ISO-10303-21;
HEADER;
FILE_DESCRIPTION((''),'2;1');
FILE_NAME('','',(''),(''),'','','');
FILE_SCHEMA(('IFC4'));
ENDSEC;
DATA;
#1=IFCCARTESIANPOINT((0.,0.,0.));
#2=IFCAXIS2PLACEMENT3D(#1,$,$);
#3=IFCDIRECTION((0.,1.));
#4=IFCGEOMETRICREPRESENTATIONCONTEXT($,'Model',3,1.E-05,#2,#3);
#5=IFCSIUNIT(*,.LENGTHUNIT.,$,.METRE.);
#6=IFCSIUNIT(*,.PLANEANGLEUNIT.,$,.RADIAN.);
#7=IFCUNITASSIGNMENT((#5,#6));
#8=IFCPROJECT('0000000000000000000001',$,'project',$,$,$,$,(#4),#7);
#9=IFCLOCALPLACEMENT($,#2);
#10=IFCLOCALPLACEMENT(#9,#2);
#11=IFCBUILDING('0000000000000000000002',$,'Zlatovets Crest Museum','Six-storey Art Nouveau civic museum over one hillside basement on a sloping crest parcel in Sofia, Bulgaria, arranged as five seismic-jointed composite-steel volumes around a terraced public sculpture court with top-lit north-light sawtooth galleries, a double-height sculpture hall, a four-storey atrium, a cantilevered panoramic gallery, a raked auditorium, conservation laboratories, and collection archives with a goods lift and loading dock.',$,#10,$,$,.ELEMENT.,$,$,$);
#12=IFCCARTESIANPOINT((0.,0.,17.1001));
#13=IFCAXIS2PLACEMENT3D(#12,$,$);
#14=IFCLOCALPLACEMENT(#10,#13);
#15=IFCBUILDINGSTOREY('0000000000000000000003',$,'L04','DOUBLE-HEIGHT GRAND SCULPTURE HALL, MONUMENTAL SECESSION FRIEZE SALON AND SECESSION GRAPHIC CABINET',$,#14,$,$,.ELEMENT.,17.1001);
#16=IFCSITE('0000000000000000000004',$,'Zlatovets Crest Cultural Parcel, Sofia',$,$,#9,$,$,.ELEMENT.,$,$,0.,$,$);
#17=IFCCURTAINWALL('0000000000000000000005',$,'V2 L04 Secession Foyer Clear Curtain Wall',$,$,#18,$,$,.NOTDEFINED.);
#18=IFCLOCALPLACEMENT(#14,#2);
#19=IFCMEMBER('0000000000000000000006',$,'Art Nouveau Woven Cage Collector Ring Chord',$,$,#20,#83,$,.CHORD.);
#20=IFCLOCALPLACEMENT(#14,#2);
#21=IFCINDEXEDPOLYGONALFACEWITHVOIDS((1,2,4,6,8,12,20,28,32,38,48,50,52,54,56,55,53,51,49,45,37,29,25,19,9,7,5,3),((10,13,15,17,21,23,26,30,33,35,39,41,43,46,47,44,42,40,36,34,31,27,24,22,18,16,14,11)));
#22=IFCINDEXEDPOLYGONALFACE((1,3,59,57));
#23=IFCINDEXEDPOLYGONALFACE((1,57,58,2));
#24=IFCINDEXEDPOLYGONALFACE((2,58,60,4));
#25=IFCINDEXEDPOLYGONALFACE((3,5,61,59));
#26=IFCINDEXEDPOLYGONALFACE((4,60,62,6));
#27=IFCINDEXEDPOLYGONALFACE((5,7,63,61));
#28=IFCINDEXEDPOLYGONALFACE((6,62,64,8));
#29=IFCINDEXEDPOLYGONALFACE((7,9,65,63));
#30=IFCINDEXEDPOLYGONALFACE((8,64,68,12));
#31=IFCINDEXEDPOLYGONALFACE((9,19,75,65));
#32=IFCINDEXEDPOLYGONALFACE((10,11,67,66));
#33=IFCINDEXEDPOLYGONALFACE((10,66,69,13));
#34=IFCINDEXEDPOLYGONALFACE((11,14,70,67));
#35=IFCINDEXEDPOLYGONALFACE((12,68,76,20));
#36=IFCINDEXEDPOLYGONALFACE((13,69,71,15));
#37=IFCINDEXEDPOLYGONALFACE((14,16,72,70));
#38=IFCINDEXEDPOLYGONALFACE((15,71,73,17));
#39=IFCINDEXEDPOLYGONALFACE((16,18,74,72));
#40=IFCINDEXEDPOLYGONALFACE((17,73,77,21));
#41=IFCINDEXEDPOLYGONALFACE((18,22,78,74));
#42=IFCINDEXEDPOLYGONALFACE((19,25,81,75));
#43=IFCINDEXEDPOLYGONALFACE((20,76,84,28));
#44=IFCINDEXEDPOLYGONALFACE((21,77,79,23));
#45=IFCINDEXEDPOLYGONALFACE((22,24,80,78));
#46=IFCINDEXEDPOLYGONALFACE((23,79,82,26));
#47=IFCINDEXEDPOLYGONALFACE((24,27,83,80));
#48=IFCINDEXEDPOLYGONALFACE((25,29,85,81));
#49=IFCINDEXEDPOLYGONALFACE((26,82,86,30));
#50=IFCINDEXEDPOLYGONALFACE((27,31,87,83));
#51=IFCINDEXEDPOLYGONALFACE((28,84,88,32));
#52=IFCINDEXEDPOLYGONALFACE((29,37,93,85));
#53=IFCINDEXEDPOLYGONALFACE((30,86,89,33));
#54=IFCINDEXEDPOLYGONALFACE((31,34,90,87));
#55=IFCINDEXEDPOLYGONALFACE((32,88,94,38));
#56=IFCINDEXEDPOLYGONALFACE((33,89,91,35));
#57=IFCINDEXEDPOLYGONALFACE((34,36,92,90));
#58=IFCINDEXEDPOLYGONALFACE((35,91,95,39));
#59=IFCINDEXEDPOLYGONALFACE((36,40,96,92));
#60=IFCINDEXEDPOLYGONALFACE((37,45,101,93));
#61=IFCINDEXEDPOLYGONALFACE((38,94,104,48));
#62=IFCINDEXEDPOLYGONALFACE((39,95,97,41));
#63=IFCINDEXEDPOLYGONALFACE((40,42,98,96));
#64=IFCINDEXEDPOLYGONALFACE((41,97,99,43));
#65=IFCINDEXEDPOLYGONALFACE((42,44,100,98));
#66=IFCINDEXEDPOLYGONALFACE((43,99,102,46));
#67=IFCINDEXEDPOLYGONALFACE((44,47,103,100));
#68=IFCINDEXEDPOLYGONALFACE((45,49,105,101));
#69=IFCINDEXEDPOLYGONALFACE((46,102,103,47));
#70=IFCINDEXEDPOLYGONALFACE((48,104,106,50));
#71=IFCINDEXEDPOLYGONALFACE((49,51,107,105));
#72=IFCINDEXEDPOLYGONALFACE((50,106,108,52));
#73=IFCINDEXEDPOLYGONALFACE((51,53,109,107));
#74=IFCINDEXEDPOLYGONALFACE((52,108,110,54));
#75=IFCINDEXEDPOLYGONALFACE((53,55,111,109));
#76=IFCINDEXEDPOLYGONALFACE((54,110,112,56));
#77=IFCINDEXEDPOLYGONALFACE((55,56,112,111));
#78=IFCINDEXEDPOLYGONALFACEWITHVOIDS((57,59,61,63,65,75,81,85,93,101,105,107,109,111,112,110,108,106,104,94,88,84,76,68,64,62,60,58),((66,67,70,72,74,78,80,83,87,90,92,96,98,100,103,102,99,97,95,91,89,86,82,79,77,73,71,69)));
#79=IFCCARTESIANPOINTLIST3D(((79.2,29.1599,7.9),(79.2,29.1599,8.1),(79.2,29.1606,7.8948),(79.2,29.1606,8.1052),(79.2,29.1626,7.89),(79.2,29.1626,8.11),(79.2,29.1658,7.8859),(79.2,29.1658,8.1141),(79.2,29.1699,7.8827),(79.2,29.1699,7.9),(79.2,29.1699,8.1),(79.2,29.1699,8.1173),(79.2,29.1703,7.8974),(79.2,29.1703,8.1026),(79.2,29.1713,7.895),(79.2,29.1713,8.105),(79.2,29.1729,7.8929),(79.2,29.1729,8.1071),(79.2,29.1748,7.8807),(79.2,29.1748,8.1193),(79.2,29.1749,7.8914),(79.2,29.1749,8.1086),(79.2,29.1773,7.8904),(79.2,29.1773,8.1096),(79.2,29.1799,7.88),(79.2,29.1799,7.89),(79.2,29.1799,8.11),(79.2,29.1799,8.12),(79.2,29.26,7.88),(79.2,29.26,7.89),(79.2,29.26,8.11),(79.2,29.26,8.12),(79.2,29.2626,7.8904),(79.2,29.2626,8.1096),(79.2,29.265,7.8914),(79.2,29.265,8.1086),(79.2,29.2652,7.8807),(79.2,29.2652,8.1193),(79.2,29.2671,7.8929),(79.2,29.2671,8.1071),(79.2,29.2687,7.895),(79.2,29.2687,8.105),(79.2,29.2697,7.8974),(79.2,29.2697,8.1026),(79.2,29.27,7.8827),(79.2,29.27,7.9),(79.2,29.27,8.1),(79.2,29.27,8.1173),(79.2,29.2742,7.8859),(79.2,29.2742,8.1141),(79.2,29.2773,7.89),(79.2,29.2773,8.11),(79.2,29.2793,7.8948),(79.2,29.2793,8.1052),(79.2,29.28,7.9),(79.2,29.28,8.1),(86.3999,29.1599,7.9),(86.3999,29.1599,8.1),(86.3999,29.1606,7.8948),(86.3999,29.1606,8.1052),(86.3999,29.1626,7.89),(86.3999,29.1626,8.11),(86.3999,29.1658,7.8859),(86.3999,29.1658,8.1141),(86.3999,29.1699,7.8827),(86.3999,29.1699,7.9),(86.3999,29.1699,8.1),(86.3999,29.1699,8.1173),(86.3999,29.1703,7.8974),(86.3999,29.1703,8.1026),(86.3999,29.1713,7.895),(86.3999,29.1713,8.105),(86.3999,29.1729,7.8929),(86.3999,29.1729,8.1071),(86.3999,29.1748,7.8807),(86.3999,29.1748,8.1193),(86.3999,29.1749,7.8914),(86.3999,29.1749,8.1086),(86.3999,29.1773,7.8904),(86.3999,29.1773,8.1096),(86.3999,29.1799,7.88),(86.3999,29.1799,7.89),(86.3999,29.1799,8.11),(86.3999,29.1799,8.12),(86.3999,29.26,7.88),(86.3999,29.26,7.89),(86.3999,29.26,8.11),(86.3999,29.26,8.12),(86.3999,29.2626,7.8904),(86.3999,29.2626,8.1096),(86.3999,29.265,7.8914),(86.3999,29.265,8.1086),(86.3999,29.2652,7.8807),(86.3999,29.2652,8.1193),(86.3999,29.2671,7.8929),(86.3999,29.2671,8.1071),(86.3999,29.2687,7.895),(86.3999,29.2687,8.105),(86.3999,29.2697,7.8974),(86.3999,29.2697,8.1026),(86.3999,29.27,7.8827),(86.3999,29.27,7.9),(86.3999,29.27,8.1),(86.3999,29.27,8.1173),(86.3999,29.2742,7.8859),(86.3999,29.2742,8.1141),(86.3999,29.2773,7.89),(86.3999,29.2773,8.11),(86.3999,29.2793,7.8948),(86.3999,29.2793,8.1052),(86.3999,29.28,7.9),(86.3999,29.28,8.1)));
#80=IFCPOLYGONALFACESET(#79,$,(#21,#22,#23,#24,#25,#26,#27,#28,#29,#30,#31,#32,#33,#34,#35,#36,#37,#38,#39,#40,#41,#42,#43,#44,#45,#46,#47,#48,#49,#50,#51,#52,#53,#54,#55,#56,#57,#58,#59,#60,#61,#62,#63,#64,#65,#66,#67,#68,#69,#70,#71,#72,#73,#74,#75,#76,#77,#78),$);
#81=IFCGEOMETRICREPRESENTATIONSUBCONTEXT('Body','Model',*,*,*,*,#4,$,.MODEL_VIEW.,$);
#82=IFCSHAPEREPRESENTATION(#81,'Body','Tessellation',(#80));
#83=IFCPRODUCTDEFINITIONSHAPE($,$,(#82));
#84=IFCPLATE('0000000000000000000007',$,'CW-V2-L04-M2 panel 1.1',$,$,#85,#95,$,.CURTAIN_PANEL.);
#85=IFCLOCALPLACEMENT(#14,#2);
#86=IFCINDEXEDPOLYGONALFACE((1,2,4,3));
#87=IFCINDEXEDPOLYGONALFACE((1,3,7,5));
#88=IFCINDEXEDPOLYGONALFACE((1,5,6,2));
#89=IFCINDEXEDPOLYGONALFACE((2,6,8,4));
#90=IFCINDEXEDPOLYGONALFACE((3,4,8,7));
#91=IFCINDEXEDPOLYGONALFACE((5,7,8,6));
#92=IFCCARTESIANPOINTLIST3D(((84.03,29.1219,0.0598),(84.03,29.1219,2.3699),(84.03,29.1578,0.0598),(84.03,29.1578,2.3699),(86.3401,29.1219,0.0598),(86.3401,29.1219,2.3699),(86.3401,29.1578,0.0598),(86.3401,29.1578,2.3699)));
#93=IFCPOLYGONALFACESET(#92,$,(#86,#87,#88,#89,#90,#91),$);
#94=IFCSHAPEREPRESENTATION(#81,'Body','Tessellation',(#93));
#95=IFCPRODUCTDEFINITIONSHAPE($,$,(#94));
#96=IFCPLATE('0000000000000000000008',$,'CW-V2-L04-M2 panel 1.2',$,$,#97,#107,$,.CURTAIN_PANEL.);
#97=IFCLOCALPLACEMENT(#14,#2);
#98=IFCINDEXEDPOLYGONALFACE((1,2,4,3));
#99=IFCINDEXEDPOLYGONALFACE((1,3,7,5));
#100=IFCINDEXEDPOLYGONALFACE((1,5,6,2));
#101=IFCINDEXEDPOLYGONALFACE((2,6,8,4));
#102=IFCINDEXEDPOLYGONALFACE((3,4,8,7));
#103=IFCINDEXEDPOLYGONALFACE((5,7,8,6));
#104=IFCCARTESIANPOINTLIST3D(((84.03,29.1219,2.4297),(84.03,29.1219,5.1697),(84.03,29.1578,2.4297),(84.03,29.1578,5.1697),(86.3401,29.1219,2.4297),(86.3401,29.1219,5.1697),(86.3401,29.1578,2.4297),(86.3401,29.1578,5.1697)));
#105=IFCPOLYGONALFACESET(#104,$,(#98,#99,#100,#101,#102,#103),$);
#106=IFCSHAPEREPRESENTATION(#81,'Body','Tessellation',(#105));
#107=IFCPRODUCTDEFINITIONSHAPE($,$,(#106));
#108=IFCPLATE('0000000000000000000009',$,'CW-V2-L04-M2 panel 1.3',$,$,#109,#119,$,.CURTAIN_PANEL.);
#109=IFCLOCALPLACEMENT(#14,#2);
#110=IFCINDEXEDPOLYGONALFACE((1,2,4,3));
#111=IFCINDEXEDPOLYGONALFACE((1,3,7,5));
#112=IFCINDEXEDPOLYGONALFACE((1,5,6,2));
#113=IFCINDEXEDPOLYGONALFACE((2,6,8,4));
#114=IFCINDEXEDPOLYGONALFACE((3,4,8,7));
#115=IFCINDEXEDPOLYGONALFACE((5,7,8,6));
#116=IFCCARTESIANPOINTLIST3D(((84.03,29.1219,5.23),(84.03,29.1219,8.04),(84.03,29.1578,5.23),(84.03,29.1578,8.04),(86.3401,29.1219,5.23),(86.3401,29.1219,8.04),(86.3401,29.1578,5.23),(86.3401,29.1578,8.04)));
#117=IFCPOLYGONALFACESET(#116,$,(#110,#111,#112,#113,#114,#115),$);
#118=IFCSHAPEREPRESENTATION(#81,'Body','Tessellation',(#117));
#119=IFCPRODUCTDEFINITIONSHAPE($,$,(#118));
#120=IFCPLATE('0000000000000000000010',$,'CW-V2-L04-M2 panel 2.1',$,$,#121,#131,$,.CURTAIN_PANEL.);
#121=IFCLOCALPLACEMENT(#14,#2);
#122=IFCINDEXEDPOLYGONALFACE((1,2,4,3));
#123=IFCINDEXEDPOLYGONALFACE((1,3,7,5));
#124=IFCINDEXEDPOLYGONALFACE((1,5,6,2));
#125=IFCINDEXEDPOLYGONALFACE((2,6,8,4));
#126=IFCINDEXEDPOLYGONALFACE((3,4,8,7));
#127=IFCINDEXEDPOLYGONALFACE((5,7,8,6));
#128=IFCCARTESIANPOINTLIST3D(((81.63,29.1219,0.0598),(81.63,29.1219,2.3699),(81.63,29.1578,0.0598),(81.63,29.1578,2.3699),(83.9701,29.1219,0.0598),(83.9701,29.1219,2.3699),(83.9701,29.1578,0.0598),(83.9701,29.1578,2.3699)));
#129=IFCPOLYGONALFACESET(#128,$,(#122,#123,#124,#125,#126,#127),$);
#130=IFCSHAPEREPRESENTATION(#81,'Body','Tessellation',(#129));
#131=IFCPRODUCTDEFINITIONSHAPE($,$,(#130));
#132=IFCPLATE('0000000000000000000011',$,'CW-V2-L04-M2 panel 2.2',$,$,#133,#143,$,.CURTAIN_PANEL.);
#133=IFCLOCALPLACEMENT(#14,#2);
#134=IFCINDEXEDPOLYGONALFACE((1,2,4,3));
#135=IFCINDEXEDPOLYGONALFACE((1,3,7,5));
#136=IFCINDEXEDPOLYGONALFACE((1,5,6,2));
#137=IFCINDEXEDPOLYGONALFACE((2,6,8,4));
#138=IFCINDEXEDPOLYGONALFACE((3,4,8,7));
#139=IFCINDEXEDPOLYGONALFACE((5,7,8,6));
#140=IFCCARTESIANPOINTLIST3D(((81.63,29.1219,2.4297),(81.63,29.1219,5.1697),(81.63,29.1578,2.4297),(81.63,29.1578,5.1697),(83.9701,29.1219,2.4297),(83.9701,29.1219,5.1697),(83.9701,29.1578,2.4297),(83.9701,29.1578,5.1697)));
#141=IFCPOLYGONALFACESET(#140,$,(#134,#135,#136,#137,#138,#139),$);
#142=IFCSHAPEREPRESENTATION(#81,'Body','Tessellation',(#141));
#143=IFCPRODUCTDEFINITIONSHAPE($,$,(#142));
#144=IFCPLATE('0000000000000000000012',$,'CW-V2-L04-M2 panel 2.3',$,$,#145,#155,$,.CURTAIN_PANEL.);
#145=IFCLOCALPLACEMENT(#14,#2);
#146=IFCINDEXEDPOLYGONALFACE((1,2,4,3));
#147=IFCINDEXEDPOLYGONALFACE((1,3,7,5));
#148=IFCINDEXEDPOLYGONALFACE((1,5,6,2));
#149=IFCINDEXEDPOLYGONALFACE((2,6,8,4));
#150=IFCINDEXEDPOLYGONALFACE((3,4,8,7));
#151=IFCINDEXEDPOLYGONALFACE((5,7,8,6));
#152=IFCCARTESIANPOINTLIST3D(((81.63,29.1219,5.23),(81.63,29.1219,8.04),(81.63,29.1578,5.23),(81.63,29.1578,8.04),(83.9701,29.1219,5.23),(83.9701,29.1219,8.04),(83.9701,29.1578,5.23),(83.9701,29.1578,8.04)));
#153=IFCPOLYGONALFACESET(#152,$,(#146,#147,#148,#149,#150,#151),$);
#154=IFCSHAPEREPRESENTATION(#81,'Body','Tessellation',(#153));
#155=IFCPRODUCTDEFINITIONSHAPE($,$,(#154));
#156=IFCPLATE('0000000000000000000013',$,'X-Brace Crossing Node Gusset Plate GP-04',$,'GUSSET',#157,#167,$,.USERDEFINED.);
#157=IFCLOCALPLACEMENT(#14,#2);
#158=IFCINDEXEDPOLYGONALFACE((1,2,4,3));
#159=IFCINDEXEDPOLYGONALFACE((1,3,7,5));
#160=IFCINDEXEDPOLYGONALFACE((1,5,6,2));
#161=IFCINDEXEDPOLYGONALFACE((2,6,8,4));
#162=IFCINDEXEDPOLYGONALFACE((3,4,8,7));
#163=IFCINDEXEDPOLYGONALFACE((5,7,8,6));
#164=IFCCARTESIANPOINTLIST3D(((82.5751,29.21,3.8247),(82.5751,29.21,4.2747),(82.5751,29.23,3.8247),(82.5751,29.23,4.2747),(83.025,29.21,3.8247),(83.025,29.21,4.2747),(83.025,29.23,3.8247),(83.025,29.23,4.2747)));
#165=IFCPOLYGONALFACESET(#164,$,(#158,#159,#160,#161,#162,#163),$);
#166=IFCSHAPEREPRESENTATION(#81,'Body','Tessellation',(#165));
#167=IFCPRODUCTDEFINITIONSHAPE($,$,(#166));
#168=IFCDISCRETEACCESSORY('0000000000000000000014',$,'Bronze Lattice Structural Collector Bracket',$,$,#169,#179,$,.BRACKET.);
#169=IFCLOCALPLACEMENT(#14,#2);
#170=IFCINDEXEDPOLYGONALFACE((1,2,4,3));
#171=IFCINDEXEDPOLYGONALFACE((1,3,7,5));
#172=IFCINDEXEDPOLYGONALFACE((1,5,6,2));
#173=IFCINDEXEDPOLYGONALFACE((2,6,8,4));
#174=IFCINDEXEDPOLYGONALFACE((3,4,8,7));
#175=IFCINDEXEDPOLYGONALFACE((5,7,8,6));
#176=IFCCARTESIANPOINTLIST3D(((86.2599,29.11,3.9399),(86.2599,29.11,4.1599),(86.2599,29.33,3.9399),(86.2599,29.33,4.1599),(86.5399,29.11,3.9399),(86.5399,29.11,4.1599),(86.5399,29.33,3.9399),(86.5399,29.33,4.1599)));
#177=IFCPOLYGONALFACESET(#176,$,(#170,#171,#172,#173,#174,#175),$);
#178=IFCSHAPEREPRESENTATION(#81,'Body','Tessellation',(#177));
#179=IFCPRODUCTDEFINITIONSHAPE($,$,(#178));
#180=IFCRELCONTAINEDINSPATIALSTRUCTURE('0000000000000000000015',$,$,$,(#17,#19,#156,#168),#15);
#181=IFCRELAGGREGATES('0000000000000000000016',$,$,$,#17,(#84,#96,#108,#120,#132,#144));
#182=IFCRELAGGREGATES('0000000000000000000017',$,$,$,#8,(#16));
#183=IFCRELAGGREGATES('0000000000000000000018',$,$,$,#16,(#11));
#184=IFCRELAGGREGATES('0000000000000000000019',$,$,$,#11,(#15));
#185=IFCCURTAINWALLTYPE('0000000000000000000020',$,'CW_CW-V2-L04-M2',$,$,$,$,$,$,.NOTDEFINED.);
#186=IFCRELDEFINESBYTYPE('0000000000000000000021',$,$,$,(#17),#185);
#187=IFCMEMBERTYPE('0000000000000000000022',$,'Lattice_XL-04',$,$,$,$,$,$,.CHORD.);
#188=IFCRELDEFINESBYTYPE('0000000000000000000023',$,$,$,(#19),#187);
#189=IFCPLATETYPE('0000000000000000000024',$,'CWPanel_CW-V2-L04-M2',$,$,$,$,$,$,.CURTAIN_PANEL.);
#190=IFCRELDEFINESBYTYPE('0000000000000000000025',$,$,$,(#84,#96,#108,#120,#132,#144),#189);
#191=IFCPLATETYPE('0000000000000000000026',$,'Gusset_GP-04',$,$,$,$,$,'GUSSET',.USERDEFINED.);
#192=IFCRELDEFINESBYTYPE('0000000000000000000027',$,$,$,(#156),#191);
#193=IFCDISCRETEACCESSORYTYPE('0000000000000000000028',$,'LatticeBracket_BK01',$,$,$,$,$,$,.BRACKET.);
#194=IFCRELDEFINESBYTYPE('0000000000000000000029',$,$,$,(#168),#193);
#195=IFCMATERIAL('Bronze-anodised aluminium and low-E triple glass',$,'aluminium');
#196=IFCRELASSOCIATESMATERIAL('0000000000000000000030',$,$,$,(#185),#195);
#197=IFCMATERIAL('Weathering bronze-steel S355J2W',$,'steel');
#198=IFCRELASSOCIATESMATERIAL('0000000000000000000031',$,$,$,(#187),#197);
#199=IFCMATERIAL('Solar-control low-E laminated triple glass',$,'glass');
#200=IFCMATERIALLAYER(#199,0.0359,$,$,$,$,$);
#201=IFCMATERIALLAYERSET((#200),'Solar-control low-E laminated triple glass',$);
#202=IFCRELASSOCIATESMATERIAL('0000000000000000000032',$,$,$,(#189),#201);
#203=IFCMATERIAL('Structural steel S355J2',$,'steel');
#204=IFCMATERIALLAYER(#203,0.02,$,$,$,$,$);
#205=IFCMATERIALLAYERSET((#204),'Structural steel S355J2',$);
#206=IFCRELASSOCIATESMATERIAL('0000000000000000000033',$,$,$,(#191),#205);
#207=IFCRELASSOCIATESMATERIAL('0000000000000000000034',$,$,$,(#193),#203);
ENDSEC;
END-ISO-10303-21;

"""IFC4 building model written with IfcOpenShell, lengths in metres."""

from ifc_helpers import new_model, si_unit, direction, frame, origin, origin_2d, place, context, subcontext, project, spatial, rectangle, hollow_rectangle, extrude, material, layer, layer_set, material_profile, profile_set, type_object, element, aggregate, save


model = new_model("IFC4")

# Units and contexts
model_context = context("Model", 3, precision=1e-05, world=origin(), true_north=direction((0.0, 1.0)))
body_context = subcontext(model_context, "Body", "Model", "MODEL_VIEW")
ifc_project = project(units=[si_unit("LENGTHUNIT", "METRE"), si_unit("PLANEANGLEUNIT", "RADIAN")], contexts=[model_context])

# Site, building, storey
site_placement = place(None, origin())
site = spatial("IfcSite", under=ifc_project, at=site_placement, Name="Zlatovets Crest Cultural Parcel, Sofia", CompositionType="ELEMENT", RefElevation=0.0)
building_placement = place(site_placement, origin())
building = spatial("IfcBuilding", under=site, at=building_placement, Name="Zlatovets Crest Museum", Description="Six-storey Art Nouveau civic museum over one hillside basement on a sloping crest parcel in Sofia, Bulgaria, arranged as five seismic-jointed composite-steel volumes around a terraced public sculpture court with top-lit north-light sawtooth galleries, a double-height sculpture hall, a four-storey atrium, a cantilevered panoramic gallery, a raked auditorium, conservation laboratories, and collection archives with a goods lift and loading dock.", CompositionType="ELEMENT")
storey_placement = place(building_placement, frame((0.0, 0.0, 17.1001)))
storey = spatial("IfcBuildingStorey", under=building, at=storey_placement, Name="L04", Description="DOUBLE-HEIGHT GRAND SCULPTURE HALL, MONUMENTAL SECESSION FRIEZE SALON AND SECESSION GRAPHIC CABINET", CompositionType="ELEMENT", Elevation=17.1001)

# Shared definitions
ifc_material_1 = material(Name="Structural steel S355J2", Category="steel")

# Curtain wall
ifc_material_2 = material(Name="Bronze-anodised aluminium and low-E triple glass", Category="aluminium")
curtain_wall_type = type_object("IfcCurtainWallType", Name="CW_CW-V2-L04-M2", PredefinedType="NOTDEFINED", material=ifc_material_2)
curtain_wall_placement = place(storey_placement, origin())
curtain_wall = element("IfcCurtainWall", 1, at=curtain_wall_placement, inside=storey, type_object=curtain_wall_type, Name="V2 L04 Secession Foyer Clear Curtain Wall", PredefinedType="NOTDEFINED")

# Member
ifc_material_3 = material(Name="Weathering bronze-steel S355J2W", Category="steel")
ifc_material_profile_1 = material_profile(ifc_material_3, hollow_rectangle(XDim=0.1201, YDim=0.24, WallThickness=0.01, InnerFilletRadius=0.01, OuterFilletRadius=0.02, at=origin_2d()), Name="RHS 120x240x10.0")
ifc_profile_set_1 = profile_set([ifc_material_profile_1], Name="Weathering bronze-steel S355J2W")
member_type_1 = type_object("IfcMemberType", Name="Lattice_XL-04", PredefinedType="CHORD", material=ifc_profile_set_1)
member_1_placement = place(storey_placement, frame((86.3999, 29.22, 8.0), z_axis=(-1.0, 0.0, 0.0), x_axis=(0.0, -1.0, 0.0)))
element("IfcMember", 2, at=member_1_placement, inside=storey, type_object=member_type_1, Name="Art Nouveau Woven Cage Collector Ring Chord", PredefinedType="CHORD", context=body_context, shape_type="SweptSolid", body=[
    extrude(hollow_rectangle(XDim=0.1201, YDim=0.24, WallThickness=0.01, InnerFilletRadius=0.01, OuterFilletRadius=0.02, at=origin_2d()), origin(), (0.0, 0.0, 1.0), 7.2),
])

# Plates
ifc_material_4 = material(Name="Solar-control low-E laminated triple glass", Category="glass")
ifc_layer_1 = layer(ifc_material_4, 0.0359)
ifc_layer_set_1 = layer_set([ifc_layer_1], Name="Solar-control low-E laminated triple glass")
plate_type_1 = type_object("IfcPlateType", Name="CWPanel_CW-V2-L04-M2", PredefinedType="CURTAIN_PANEL", material=ifc_layer_set_1)
plate_1_placement = place(storey_placement, frame((85.1851, 29.1399, 0.0598), z_axis=(0.0, 0.0, 1.0), x_axis=(-1.0, 0.0, 0.0)))
plate_1 = element("IfcPlate", 3, at=plate_1_placement, type_object=plate_type_1, Name="CW-V2-L04-M2 panel 1.1", PredefinedType="CURTAIN_PANEL", context=body_context, shape_type="SweptSolid", body=[
    extrude(rectangle(XDim=2.3101, YDim=0.0359, at=origin_2d()), origin(), (0.0, 0.0, 1.0), 2.3101),
])
plate_2_placement = place(storey_placement, frame((85.1851, 29.1399, 2.4297), z_axis=(0.0, 0.0, 1.0), x_axis=(-1.0, 0.0, 0.0)))
plate_2 = element("IfcPlate", 4, at=plate_2_placement, type_object=plate_type_1, Name="CW-V2-L04-M2 panel 1.2", PredefinedType="CURTAIN_PANEL", context=body_context, shape_type="SweptSolid", body=[
    extrude(rectangle(XDim=2.3101, YDim=0.0359, at=origin_2d()), origin(), (0.0, 0.0, 1.0), 2.74),
])
plate_3_placement = place(storey_placement, frame((85.1851, 29.1399, 5.23), z_axis=(0.0, 0.0, 1.0), x_axis=(-1.0, 0.0, 0.0)))
plate_3 = element("IfcPlate", 5, at=plate_3_placement, type_object=plate_type_1, Name="CW-V2-L04-M2 panel 1.3", PredefinedType="CURTAIN_PANEL", context=body_context, shape_type="SweptSolid", body=[
    extrude(rectangle(XDim=2.3101, YDim=0.0359, at=origin_2d()), origin(), (0.0, 0.0, 1.0), 2.8101),
])
plate_4_placement = place(storey_placement, frame((82.8, 29.1399, 0.0598), z_axis=(0.0, 0.0, 1.0), x_axis=(-1.0, 0.0, 0.0)))
plate_4 = element("IfcPlate", 6, at=plate_4_placement, type_object=plate_type_1, Name="CW-V2-L04-M2 panel 2.1", PredefinedType="CURTAIN_PANEL", context=body_context, shape_type="SweptSolid", body=[
    extrude(rectangle(XDim=2.3401, YDim=0.0359, at=origin_2d()), origin(), (0.0, 0.0, 1.0), 2.3101),
])
plate_5_placement = place(storey_placement, frame((82.8, 29.1399, 2.4297), z_axis=(0.0, 0.0, 1.0), x_axis=(-1.0, 0.0, 0.0)))
plate_5 = element("IfcPlate", 7, at=plate_5_placement, type_object=plate_type_1, Name="CW-V2-L04-M2 panel 2.2", PredefinedType="CURTAIN_PANEL", context=body_context, shape_type="SweptSolid", body=[
    extrude(rectangle(XDim=2.3401, YDim=0.0359, at=origin_2d()), origin(), (0.0, 0.0, 1.0), 2.74),
])
plate_6_placement = place(storey_placement, frame((82.8, 29.1399, 5.23), z_axis=(0.0, 0.0, 1.0), x_axis=(-1.0, 0.0, 0.0)))
plate_6 = element("IfcPlate", 8, at=plate_6_placement, type_object=plate_type_1, Name="CW-V2-L04-M2 panel 2.3", PredefinedType="CURTAIN_PANEL", context=body_context, shape_type="SweptSolid", body=[
    extrude(rectangle(XDim=2.3401, YDim=0.0359, at=origin_2d()), origin(), (0.0, 0.0, 1.0), 2.8101),
])
aggregate(curtain_wall, [plate_1, plate_2, plate_3, plate_4, plate_5, plate_6])
ifc_layer_2 = layer(ifc_material_1, 0.02)
ifc_layer_set_2 = layer_set([ifc_layer_2], Name="Structural steel S355J2")
plate_type_2 = type_object("IfcPlateType", Name="Gusset_GP-04", ElementType="GUSSET", PredefinedType="USERDEFINED", material=ifc_layer_set_2)
plate_7_placement = place(storey_placement, frame((82.8, 29.22, 3.8247), z_axis=(0.0, 0.0, 1.0), x_axis=(1.0, 0.0, 0.0)))
element("IfcPlate", 9, at=plate_7_placement, inside=storey, type_object=plate_type_2, Name="X-Brace Crossing Node Gusset Plate GP-04", ObjectType="GUSSET", PredefinedType="USERDEFINED", context=body_context, shape_type="SweptSolid", body=[
    extrude(rectangle(XDim=0.45, YDim=0.02, at=origin_2d()), origin(), (0.0, 0.0, 1.0), 0.45),
])

# Discrete accessory
discrete_accessory_type = type_object("IfcDiscreteAccessoryType", Name="LatticeBracket_BK01", PredefinedType="BRACKET", material=ifc_material_1)
discrete_accessory_placement = place(storey_placement, frame((86.3999, 29.22, 3.9399), z_axis=(0.0, 0.0, 1.0), x_axis=(1.0, 0.0, 0.0)))
element("IfcDiscreteAccessory", 10, at=discrete_accessory_placement, inside=storey, type_object=discrete_accessory_type, Name="Bronze Lattice Structural Collector Bracket", PredefinedType="BRACKET", context=body_context, shape_type="SweptSolid", body=[
    extrude(rectangle(XDim=0.28, YDim=0.22, at=origin_2d()), origin(), (0.0, 0.0, 1.0), 0.22),
])

save(model, "model.ifc")
